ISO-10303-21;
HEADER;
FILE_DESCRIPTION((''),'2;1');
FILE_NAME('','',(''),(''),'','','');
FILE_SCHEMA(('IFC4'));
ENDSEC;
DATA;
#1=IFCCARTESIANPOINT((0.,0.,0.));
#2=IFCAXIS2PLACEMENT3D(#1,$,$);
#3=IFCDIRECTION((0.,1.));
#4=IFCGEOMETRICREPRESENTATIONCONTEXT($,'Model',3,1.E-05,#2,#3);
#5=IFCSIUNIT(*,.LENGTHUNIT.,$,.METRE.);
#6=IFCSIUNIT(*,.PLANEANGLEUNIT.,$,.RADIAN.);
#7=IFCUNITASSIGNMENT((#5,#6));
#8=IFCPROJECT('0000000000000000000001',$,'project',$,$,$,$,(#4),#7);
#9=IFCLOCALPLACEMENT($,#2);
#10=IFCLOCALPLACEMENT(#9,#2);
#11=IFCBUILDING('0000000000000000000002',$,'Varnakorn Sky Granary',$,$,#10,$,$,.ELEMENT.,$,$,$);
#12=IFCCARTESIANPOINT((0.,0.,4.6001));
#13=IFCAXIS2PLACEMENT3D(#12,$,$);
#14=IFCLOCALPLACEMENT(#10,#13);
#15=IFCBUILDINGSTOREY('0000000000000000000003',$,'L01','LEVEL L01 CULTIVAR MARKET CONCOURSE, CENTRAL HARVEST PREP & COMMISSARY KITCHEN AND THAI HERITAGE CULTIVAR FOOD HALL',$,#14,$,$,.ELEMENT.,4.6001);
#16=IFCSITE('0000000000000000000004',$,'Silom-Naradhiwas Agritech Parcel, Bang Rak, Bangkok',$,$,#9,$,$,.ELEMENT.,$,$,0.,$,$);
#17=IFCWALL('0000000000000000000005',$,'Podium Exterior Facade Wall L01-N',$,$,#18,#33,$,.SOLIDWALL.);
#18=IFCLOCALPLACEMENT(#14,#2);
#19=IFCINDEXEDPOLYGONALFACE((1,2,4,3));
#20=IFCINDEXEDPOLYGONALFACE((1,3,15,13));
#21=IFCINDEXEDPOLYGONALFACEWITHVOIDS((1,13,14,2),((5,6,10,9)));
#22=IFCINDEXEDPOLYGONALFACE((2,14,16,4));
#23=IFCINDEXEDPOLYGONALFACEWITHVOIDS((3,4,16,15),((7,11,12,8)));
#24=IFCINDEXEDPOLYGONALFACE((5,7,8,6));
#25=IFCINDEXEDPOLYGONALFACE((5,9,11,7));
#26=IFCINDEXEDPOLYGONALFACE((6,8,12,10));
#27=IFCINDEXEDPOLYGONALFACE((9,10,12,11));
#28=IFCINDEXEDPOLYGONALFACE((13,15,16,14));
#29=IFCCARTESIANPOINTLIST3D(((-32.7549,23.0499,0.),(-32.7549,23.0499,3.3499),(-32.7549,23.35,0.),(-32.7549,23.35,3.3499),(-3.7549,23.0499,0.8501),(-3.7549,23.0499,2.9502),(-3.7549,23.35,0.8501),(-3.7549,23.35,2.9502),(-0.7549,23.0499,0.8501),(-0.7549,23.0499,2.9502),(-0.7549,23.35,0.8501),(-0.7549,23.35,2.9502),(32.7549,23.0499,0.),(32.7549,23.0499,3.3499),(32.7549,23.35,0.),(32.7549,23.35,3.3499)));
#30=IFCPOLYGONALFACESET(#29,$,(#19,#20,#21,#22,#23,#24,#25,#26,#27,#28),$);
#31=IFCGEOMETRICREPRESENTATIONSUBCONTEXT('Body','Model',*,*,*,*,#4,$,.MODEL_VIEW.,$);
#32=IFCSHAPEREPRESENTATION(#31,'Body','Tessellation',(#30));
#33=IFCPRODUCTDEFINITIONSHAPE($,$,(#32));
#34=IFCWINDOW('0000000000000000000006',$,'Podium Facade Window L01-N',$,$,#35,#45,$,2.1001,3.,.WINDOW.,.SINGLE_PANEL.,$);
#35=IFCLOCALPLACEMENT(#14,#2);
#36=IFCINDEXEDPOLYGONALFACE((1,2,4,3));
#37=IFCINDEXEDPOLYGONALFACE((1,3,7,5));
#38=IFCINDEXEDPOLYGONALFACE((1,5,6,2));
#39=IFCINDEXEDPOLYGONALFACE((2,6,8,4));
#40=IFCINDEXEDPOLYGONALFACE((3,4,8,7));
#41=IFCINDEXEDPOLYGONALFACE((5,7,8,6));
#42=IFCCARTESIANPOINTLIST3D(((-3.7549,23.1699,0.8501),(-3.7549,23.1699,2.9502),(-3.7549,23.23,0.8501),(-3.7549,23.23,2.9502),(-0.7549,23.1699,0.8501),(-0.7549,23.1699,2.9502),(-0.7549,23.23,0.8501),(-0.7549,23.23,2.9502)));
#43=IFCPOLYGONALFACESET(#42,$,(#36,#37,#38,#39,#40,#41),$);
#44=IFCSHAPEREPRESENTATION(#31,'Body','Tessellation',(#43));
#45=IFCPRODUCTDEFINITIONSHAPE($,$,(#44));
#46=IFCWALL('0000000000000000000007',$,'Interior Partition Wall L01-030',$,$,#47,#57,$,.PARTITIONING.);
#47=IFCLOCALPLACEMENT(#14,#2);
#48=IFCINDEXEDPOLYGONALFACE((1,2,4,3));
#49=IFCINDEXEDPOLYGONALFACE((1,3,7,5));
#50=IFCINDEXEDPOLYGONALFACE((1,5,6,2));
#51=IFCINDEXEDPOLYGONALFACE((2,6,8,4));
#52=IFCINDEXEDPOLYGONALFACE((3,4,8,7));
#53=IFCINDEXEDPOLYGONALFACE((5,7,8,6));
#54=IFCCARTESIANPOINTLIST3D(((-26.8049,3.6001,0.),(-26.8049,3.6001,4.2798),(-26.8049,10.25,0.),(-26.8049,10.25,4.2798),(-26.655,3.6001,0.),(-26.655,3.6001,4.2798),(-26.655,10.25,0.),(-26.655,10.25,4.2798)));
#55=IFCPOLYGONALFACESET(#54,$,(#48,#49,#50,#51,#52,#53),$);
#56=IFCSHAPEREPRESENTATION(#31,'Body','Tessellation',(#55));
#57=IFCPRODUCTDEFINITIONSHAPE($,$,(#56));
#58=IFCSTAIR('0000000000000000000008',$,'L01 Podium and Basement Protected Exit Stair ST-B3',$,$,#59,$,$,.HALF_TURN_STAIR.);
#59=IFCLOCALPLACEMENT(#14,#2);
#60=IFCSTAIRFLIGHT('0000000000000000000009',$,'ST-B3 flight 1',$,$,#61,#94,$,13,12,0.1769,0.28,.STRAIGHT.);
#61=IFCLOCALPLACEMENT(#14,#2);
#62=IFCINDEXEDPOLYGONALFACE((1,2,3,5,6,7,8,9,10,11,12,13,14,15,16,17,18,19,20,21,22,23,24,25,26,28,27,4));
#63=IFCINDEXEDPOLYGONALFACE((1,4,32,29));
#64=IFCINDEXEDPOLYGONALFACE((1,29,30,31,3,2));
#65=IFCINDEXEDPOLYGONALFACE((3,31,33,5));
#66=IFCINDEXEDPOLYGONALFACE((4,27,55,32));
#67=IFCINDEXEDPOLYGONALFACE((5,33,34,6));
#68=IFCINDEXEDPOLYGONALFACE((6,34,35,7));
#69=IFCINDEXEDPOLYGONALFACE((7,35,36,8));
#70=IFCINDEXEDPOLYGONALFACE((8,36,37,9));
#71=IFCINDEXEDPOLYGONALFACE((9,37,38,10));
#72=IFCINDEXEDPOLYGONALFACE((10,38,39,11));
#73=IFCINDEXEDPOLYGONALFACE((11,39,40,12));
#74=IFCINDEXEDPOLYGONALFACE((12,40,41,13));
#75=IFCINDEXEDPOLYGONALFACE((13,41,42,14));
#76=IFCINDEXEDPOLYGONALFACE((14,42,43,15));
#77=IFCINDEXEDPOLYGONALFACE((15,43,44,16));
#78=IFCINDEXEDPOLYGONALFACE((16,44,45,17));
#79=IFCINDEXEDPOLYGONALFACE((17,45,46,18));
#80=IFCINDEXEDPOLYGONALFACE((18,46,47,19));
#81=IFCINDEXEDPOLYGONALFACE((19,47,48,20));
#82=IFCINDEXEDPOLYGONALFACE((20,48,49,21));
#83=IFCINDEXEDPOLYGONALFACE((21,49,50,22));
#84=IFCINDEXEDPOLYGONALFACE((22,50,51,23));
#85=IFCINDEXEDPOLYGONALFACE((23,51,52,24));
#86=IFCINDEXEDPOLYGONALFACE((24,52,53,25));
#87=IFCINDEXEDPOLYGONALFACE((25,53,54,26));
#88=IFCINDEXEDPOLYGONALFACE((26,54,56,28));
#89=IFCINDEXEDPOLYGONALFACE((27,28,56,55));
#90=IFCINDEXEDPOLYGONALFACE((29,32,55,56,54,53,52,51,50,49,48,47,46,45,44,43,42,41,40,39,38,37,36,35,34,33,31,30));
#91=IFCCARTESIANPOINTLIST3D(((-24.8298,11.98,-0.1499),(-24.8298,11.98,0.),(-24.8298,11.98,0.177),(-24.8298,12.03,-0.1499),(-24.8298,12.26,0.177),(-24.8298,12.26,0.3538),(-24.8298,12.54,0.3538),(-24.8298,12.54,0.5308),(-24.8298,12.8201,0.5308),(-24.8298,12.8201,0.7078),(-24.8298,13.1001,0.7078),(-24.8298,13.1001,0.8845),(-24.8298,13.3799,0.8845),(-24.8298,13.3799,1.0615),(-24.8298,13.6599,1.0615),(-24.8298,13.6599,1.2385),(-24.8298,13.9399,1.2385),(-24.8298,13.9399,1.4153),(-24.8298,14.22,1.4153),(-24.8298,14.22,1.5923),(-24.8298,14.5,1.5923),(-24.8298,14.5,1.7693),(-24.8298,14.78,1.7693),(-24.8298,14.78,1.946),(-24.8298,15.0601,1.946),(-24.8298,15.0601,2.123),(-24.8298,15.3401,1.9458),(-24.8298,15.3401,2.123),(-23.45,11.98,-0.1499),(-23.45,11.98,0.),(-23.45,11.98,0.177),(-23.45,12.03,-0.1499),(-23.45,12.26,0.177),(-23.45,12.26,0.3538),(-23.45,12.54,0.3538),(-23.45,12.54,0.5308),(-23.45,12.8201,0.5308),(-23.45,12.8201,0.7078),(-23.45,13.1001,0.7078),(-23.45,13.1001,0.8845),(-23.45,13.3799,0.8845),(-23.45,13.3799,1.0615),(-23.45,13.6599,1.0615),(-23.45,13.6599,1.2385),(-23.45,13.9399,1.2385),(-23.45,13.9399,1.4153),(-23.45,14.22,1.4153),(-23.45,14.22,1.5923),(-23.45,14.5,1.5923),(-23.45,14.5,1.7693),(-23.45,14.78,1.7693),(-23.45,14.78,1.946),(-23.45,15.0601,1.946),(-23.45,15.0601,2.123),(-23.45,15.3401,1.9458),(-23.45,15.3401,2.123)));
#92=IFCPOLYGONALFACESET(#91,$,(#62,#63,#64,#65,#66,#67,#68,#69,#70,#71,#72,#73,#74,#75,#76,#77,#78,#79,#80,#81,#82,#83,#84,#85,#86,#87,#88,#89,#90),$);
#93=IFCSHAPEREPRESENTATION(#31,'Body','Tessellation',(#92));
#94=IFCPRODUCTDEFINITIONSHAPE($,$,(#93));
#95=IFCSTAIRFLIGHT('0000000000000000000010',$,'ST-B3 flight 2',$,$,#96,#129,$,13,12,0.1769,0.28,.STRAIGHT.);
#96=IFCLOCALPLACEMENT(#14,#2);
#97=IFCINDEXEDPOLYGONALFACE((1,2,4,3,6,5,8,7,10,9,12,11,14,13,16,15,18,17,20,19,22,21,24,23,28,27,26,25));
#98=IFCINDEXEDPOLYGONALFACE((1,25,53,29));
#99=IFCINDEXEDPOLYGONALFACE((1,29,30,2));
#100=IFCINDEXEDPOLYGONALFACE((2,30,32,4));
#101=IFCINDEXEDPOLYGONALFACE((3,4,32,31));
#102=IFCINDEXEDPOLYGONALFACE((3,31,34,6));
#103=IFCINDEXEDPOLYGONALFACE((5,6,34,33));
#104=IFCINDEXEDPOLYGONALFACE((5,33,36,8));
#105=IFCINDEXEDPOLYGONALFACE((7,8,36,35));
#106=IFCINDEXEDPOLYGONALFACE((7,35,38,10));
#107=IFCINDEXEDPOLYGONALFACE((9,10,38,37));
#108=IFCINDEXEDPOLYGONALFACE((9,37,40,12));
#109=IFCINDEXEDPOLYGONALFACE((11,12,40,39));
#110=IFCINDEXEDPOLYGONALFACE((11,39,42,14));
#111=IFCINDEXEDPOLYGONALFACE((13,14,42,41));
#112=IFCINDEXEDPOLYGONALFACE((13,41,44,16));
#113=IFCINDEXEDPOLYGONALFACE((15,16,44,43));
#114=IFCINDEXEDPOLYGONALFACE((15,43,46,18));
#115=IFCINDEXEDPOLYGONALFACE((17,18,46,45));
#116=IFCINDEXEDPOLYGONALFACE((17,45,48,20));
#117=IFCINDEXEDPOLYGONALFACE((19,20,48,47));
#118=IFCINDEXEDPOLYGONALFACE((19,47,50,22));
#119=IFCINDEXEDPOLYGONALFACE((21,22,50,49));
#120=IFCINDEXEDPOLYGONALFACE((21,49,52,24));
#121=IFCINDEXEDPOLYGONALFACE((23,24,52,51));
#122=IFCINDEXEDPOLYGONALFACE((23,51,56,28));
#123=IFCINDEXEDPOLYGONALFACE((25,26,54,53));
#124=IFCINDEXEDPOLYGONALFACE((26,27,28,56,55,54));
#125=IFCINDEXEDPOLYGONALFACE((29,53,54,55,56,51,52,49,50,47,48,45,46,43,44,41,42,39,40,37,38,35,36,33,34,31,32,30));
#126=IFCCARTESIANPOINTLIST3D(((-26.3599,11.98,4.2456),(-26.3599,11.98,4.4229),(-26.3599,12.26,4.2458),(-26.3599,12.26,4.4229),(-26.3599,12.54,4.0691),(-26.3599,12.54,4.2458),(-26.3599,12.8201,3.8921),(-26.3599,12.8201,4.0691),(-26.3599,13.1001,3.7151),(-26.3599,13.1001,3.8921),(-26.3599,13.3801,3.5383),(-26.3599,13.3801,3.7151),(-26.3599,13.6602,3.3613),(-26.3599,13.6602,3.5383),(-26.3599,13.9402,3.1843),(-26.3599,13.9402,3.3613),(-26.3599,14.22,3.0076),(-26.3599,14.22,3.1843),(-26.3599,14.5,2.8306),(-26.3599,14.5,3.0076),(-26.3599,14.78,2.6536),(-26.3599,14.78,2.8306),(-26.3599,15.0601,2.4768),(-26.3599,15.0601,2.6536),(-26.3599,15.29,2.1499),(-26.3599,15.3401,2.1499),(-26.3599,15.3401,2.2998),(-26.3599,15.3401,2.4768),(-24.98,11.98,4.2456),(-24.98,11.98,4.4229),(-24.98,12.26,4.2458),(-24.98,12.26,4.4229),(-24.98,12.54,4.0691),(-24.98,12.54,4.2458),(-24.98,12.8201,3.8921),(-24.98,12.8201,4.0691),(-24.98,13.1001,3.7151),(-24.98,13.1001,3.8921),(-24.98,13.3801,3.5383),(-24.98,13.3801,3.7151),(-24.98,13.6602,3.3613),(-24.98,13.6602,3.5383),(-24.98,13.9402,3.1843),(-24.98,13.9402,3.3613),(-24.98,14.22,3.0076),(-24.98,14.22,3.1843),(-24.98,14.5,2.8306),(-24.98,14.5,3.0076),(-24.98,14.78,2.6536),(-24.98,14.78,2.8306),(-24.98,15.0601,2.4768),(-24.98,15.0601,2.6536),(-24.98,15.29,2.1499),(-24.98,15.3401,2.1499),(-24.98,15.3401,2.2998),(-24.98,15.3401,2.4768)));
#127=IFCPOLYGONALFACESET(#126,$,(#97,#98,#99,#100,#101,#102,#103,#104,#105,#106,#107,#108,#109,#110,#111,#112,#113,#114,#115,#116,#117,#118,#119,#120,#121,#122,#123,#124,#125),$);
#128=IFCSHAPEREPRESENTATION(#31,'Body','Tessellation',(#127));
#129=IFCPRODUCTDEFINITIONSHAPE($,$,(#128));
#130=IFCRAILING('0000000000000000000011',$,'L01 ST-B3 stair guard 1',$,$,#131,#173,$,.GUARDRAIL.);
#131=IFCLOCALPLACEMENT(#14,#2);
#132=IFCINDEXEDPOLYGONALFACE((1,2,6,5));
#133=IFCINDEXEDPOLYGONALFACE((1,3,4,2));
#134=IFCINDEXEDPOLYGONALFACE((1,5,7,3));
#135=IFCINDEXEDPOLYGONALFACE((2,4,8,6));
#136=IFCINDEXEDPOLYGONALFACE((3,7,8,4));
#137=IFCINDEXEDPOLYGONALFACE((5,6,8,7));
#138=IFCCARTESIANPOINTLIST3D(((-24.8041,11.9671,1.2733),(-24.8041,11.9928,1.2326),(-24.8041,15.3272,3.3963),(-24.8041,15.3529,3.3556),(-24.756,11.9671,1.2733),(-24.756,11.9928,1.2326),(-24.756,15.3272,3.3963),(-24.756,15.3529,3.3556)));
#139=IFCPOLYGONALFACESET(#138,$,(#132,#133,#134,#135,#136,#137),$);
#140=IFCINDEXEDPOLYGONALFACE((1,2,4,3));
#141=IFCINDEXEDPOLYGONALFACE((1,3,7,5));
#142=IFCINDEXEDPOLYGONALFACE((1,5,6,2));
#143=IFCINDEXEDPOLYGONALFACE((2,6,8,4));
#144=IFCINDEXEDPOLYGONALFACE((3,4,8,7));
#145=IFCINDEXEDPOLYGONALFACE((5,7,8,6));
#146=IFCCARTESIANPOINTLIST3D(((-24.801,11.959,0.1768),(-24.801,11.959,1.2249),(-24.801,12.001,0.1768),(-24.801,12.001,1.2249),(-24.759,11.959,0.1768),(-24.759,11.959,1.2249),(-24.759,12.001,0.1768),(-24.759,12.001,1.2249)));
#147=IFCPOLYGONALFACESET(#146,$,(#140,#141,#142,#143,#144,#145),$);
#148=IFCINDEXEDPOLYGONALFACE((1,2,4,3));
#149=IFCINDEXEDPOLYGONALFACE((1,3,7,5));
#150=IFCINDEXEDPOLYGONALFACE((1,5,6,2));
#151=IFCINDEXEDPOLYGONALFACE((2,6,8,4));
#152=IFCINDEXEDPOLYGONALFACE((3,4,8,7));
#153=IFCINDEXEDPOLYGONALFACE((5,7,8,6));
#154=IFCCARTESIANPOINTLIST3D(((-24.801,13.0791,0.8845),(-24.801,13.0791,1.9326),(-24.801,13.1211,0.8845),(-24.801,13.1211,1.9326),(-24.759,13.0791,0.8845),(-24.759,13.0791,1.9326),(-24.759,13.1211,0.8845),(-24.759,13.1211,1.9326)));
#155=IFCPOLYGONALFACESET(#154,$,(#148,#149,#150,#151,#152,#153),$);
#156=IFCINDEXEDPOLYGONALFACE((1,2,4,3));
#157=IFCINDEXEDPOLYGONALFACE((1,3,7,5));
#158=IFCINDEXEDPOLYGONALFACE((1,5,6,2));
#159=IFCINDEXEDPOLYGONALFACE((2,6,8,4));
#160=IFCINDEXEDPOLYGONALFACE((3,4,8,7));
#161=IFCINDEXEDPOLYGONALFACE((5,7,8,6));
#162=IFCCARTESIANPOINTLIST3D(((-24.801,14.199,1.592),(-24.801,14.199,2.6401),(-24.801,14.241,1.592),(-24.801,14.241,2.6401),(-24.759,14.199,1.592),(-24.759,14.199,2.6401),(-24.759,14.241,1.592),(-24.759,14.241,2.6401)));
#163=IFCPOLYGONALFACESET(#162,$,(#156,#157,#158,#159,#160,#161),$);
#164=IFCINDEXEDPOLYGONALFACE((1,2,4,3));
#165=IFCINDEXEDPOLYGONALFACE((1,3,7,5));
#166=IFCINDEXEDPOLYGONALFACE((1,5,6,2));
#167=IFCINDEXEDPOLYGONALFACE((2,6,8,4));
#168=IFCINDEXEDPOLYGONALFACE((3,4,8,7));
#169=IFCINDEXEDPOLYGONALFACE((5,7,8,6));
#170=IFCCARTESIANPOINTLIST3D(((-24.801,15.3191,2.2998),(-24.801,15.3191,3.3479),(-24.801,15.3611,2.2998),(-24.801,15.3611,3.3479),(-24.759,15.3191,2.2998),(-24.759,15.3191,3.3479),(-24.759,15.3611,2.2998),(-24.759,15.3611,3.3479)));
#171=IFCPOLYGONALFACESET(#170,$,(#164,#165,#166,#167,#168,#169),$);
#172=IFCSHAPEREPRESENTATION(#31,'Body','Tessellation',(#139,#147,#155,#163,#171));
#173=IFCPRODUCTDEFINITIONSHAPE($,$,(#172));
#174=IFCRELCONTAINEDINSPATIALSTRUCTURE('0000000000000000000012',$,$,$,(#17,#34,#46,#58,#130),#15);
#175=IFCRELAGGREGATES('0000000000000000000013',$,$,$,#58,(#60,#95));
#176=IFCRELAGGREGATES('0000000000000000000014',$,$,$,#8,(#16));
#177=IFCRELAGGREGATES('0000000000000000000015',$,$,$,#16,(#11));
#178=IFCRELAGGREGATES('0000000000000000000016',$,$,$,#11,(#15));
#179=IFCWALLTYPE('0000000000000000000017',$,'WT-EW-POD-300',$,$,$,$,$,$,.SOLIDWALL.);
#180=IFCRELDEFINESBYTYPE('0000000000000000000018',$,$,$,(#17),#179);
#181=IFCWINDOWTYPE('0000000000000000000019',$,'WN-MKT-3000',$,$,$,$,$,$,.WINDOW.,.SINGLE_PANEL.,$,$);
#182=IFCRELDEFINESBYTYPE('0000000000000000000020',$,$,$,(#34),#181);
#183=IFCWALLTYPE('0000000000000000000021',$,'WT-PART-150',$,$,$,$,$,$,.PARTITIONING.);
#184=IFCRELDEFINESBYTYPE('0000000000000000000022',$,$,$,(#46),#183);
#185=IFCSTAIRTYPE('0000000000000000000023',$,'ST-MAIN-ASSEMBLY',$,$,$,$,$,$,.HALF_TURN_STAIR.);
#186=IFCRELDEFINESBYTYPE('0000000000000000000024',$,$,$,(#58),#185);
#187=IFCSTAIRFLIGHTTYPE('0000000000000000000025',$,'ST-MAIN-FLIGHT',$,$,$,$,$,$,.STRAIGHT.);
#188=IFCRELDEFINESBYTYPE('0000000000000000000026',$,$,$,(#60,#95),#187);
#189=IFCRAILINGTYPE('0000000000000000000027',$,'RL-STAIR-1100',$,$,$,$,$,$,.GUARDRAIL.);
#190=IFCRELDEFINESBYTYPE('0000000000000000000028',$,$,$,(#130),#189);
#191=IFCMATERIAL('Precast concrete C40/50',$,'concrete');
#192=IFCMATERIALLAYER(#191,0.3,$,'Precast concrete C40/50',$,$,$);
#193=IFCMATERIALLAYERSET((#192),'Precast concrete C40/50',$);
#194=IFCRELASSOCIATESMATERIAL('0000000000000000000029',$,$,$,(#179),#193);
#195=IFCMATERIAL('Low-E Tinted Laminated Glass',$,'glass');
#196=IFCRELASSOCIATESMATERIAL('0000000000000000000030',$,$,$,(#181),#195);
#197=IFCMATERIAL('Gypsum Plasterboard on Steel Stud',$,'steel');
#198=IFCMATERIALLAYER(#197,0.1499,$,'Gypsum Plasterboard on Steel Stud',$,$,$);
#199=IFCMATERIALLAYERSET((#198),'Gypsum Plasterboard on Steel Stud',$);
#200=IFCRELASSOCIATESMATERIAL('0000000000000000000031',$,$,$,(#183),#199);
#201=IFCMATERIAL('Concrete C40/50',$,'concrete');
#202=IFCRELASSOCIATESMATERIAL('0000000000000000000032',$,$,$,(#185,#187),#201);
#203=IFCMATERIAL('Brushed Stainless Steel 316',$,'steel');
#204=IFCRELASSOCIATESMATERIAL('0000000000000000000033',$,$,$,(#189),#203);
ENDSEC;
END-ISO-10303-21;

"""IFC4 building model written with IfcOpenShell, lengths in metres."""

from ifc_helpers import new_model, si_unit, direction, frame, frame_2d, origin, origin_2d, place, context, subcontext, project, spatial, polyline, rectangle, outline, extrude, material, layer, layer_set, type_object, element, fill, aggregate, save


model = new_model("IFC4")

# Units and contexts
model_context = context("Model", 3, precision=1e-05, world=origin(), true_north=direction((0.0, 1.0)))
body_context = subcontext(model_context, "Body", "Model", "MODEL_VIEW")
ifc_project = project(units=[si_unit("LENGTHUNIT", "METRE"), si_unit("PLANEANGLEUNIT", "RADIAN")], contexts=[model_context])

# Site, building, storey
site_placement = place(None, origin())
site = spatial("IfcSite", under=ifc_project, at=site_placement, Name="Silom-Naradhiwas Agritech Parcel, Bang Rak, Bangkok", CompositionType="ELEMENT", RefElevation=0.0)
building_placement = place(site_placement, origin())
building = spatial("IfcBuilding", under=site, at=building_placement, Name="Varnakorn Sky Granary", CompositionType="ELEMENT")
storey_placement = place(building_placement, frame((0.0, 0.0, 4.6001)))
storey = spatial("IfcBuildingStorey", under=building, at=storey_placement, Name="L01", Description="LEVEL L01 CULTIVAR MARKET CONCOURSE, CENTRAL HARVEST PREP & COMMISSARY KITCHEN AND THAI HERITAGE CULTIVAR FOOD HALL", CompositionType="ELEMENT", Elevation=4.6001)

# Wall, opening, window
ifc_material_1 = material(Name="Precast concrete C40/50", Category="concrete")
ifc_layer_1 = layer(ifc_material_1, 0.3, Name="Precast concrete C40/50")
ifc_layer_set_1 = layer_set([ifc_layer_1], Name="Precast concrete C40/50")
wall_type_1 = type_object("IfcWallType", Name="WT-EW-POD-300", PredefinedType="SOLIDWALL", material=ifc_layer_set_1)
wall_1_placement = place(storey_placement, frame((-32.7549, 23.2, 0.0), z_axis=(0.0, 0.0, 1.0), x_axis=(1.0, 0.0, 0.0)))
wall_1 = element("IfcWall", 1, at=wall_1_placement, inside=storey, type_object=wall_type_1, Name="Podium Exterior Facade Wall L01-N", PredefinedType="SOLIDWALL", context=body_context, shape_type="SweptSolid", body=[
    extrude(rectangle(XDim=65.5098, YDim=0.3, at=frame_2d((32.7549, 0.0))), origin(), (0.0, 0.0, 1.0), 3.3499),
])
opening_1_placement = place(wall_1_placement, frame((29.0, 0.0, 0.8501)))
opening_1 = element("IfcOpeningElement", 2, at=opening_1_placement, cuts=wall_1, PredefinedType="OPENING", context=body_context, shape_type="SweptSolid", body=[
    extrude(rectangle(XDim=3.0, YDim=2.1001, at=frame_2d((1.5, 1.05))), frame((0.0, 0.1602, 0.0), z_axis=(0.0, -1.0, 0.0), x_axis=(1.0, 0.0, 0.0)), (0.0, 0.0, 1.0), 0.3201),
])
ifc_material_2 = material(Name="Low-E Tinted Laminated Glass", Category="glass")
window_type = type_object("IfcWindowType", Name="WN-MKT-3000", PartitioningType="SINGLE_PANEL", PredefinedType="WINDOW", material=ifc_material_2)
window_placement = place(opening_1_placement, origin())
window = element("IfcWindow", 3, at=window_placement, inside=storey, type_object=window_type, Name="Podium Facade Window L01-N", OverallHeight=2.1001, OverallWidth=3.0, PartitioningType="SINGLE_PANEL", PredefinedType="WINDOW", context=body_context, shape_type="SweptSolid", body=[
    extrude(rectangle(XDim=3.0, YDim=2.1001, at=frame_2d((1.5, 1.05))), frame((0.0, 0.03, 0.0), z_axis=(0.0, -1.0, 0.0), x_axis=(1.0, 0.0, 0.0)), (0.0, 0.0, 1.0), 0.0601),
])
fill(opening_1, window)

# Wall
ifc_material_3 = material(Name="Gypsum Plasterboard on Steel Stud", Category="steel")
ifc_layer_2 = layer(ifc_material_3, 0.1499, Name="Gypsum Plasterboard on Steel Stud")
ifc_layer_set_2 = layer_set([ifc_layer_2], Name="Gypsum Plasterboard on Steel Stud")
wall_type_2 = type_object("IfcWallType", Name="WT-PART-150", PredefinedType="PARTITIONING", material=ifc_layer_set_2)
wall_2_placement = place(storey_placement, frame((-26.73, 10.25, 0.0), z_axis=(0.0, 0.0, 1.0), x_axis=(0.0, -1.0, 0.0)))
element("IfcWall", 4, at=wall_2_placement, inside=storey, type_object=wall_type_2, Name="Interior Partition Wall L01-030", PredefinedType="PARTITIONING", context=body_context, shape_type="SweptSolid", body=[
    extrude(rectangle(XDim=6.6499, YDim=0.1499, at=frame_2d((3.325, 0.0))), origin(), (0.0, 0.0, 1.0), 4.2798),
])

# Stair, stair flights
ifc_material_4 = material(Name="Concrete C40/50", Category="concrete")
stair_type = type_object("IfcStairType", Name="ST-MAIN-ASSEMBLY", PredefinedType="HALF_TURN_STAIR", material=ifc_material_4)
stair_placement = place(storey_placement, origin())
stair = element("IfcStair", 5, at=stair_placement, inside=storey, type_object=stair_type, Name="L01 Podium and Basement Protected Exit Stair ST-B3", PredefinedType="HALF_TURN_STAIR")
stair_flight_type = type_object("IfcStairFlightType", Name="ST-MAIN-FLIGHT", PredefinedType="STRAIGHT", material=ifc_material_4)
stair_flight_1_placement = place(storey_placement, frame((-24.1399, 11.98, 0.0), z_axis=(0.0, 0.0, 1.0), x_axis=(0.0, 1.0, 0.0)))
stair_flight_1 = element("IfcStairFlight", 6, at=stair_flight_1_placement, type_object=stair_flight_type, Name="ST-B3 flight 1", NumberOfRisers=13, NumberOfTreads=12, PredefinedType="STRAIGHT", RiserHeight=0.1769, TreadLength=0.28, context=body_context, shape_type="SweptSolid", body=[
    extrude(outline(polyline([(0.0, -0.1499), (0.0, 0.0), (0.0, 0.177), (0.28, 0.177), (0.28, 0.3538), (0.5601, 0.3538), (0.5601, 0.5308), (0.8401, 0.5308), (0.8401, 0.7078), (1.1201, 0.7078), (1.1201, 0.8845), (1.3999, 0.8845), (1.3999, 1.0615), (1.6799, 1.0615), (1.6799, 1.2385), (1.96, 1.2385), (1.96, 1.4153), (2.24, 1.4153), (2.24, 1.5923), (2.52, 1.5923), (2.52, 1.7693), (2.8, 1.7693), (2.8, 1.946), (3.0801, 1.946), (3.0801, 2.123), (3.3601, 2.123), (3.3601, 2.3), (3.3601, 1.9458), (0.05, -0.1499), (0.0, -0.1499)])), frame((0.0, 0.6899, 0.0), z_axis=(0.0, -1.0, 0.0), x_axis=(1.0, 0.0, 0.0)), (0.0, 0.0, 1.0), 1.3799),
])
stair_flight_2_placement = place(storey_placement, frame((-25.6699, 15.3401, 2.2998), z_axis=(0.0, 0.0, 1.0), x_axis=(0.0, -1.0, 0.0)))
stair_flight_2 = element("IfcStairFlight", 7, at=stair_flight_2_placement, type_object=stair_flight_type, Name="ST-B3 flight 2", NumberOfRisers=13, NumberOfTreads=12, PredefinedType="STRAIGHT", RiserHeight=0.1769, TreadLength=0.28, context=body_context, shape_type="SweptSolid", body=[
    extrude(outline(polyline([(0.0, -0.1499), (0.0, 0.0), (0.0, 0.177), (0.28, 0.177), (0.28, 0.3538), (0.5601, 0.3538), (0.5601, 0.5308), (0.8401, 0.5308), (0.8401, 0.7078), (1.1201, 0.7078), (1.1201, 0.8845), (1.3999, 0.8845), (1.3999, 1.0615), (1.6799, 1.0615), (1.6799, 1.2385), (1.96, 1.2385), (1.96, 1.4153), (2.24, 1.4153), (2.24, 1.5923), (2.52, 1.5923), (2.52, 1.7693), (2.8, 1.7693), (2.8, 1.946), (3.0801, 1.946), (3.0801, 2.123), (3.3601, 2.123), (3.3601, 2.3), (3.3601, 1.9458), (0.05, -0.1499), (0.0, -0.1499)])), frame((0.0, 0.6899, 0.0), z_axis=(0.0, -1.0, 0.0), x_axis=(1.0, 0.0, 0.0)), (0.0, 0.0, 1.0), 1.3799),
])
aggregate(stair, [stair_flight_1, stair_flight_2])

# Railing
ifc_material_5 = material(Name="Brushed Stainless Steel 316", Category="steel")
railing_type_1 = type_object("IfcRailingType", Name="RL-STAIR-1100", PredefinedType="GUARDRAIL", material=ifc_material_5)
railing_1_placement = place(storey_placement, frame((-24.78, 11.98, 0.1768)))
element("IfcRailing", 8, at=railing_1_placement, inside=storey, type_object=railing_type_1, Name="L01 ST-B3 stair guard 1", PredefinedType="GUARDRAIL", context=body_context, shape_type="SweptSolid", body=[
    extrude(rectangle(XDim=0.0481, YDim=0.0481, at=origin_2d()), frame((0.0, 0.0, 1.0762), z_axis=(0.0, 0.84539, 0.53415), x_axis=(-1.0, 0.0, 0.0)), (0.0, 0.0, 1.0), 3.9746),
    extrude(rectangle(XDim=0.042, YDim=0.042, at=origin_2d()), origin(), (0.0, 0.0, 1.0), 1.0481),
    extrude(rectangle(XDim=0.042, YDim=0.042, at=origin_2d()), frame((0.0, 1.1201, 0.7078)), (0.0, 0.0, 1.0), 1.0481),
    extrude(rectangle(XDim=0.042, YDim=0.042, at=origin_2d()), frame((0.0, 2.24, 1.4153)), (0.0, 0.0, 1.0), 1.0481),
    extrude(rectangle(XDim=0.042, YDim=0.042, at=origin_2d()), frame((0.0, 3.3601, 2.123)), (0.0, 0.0, 1.0), 1.0481),
])

save(model, "model.ifc")
